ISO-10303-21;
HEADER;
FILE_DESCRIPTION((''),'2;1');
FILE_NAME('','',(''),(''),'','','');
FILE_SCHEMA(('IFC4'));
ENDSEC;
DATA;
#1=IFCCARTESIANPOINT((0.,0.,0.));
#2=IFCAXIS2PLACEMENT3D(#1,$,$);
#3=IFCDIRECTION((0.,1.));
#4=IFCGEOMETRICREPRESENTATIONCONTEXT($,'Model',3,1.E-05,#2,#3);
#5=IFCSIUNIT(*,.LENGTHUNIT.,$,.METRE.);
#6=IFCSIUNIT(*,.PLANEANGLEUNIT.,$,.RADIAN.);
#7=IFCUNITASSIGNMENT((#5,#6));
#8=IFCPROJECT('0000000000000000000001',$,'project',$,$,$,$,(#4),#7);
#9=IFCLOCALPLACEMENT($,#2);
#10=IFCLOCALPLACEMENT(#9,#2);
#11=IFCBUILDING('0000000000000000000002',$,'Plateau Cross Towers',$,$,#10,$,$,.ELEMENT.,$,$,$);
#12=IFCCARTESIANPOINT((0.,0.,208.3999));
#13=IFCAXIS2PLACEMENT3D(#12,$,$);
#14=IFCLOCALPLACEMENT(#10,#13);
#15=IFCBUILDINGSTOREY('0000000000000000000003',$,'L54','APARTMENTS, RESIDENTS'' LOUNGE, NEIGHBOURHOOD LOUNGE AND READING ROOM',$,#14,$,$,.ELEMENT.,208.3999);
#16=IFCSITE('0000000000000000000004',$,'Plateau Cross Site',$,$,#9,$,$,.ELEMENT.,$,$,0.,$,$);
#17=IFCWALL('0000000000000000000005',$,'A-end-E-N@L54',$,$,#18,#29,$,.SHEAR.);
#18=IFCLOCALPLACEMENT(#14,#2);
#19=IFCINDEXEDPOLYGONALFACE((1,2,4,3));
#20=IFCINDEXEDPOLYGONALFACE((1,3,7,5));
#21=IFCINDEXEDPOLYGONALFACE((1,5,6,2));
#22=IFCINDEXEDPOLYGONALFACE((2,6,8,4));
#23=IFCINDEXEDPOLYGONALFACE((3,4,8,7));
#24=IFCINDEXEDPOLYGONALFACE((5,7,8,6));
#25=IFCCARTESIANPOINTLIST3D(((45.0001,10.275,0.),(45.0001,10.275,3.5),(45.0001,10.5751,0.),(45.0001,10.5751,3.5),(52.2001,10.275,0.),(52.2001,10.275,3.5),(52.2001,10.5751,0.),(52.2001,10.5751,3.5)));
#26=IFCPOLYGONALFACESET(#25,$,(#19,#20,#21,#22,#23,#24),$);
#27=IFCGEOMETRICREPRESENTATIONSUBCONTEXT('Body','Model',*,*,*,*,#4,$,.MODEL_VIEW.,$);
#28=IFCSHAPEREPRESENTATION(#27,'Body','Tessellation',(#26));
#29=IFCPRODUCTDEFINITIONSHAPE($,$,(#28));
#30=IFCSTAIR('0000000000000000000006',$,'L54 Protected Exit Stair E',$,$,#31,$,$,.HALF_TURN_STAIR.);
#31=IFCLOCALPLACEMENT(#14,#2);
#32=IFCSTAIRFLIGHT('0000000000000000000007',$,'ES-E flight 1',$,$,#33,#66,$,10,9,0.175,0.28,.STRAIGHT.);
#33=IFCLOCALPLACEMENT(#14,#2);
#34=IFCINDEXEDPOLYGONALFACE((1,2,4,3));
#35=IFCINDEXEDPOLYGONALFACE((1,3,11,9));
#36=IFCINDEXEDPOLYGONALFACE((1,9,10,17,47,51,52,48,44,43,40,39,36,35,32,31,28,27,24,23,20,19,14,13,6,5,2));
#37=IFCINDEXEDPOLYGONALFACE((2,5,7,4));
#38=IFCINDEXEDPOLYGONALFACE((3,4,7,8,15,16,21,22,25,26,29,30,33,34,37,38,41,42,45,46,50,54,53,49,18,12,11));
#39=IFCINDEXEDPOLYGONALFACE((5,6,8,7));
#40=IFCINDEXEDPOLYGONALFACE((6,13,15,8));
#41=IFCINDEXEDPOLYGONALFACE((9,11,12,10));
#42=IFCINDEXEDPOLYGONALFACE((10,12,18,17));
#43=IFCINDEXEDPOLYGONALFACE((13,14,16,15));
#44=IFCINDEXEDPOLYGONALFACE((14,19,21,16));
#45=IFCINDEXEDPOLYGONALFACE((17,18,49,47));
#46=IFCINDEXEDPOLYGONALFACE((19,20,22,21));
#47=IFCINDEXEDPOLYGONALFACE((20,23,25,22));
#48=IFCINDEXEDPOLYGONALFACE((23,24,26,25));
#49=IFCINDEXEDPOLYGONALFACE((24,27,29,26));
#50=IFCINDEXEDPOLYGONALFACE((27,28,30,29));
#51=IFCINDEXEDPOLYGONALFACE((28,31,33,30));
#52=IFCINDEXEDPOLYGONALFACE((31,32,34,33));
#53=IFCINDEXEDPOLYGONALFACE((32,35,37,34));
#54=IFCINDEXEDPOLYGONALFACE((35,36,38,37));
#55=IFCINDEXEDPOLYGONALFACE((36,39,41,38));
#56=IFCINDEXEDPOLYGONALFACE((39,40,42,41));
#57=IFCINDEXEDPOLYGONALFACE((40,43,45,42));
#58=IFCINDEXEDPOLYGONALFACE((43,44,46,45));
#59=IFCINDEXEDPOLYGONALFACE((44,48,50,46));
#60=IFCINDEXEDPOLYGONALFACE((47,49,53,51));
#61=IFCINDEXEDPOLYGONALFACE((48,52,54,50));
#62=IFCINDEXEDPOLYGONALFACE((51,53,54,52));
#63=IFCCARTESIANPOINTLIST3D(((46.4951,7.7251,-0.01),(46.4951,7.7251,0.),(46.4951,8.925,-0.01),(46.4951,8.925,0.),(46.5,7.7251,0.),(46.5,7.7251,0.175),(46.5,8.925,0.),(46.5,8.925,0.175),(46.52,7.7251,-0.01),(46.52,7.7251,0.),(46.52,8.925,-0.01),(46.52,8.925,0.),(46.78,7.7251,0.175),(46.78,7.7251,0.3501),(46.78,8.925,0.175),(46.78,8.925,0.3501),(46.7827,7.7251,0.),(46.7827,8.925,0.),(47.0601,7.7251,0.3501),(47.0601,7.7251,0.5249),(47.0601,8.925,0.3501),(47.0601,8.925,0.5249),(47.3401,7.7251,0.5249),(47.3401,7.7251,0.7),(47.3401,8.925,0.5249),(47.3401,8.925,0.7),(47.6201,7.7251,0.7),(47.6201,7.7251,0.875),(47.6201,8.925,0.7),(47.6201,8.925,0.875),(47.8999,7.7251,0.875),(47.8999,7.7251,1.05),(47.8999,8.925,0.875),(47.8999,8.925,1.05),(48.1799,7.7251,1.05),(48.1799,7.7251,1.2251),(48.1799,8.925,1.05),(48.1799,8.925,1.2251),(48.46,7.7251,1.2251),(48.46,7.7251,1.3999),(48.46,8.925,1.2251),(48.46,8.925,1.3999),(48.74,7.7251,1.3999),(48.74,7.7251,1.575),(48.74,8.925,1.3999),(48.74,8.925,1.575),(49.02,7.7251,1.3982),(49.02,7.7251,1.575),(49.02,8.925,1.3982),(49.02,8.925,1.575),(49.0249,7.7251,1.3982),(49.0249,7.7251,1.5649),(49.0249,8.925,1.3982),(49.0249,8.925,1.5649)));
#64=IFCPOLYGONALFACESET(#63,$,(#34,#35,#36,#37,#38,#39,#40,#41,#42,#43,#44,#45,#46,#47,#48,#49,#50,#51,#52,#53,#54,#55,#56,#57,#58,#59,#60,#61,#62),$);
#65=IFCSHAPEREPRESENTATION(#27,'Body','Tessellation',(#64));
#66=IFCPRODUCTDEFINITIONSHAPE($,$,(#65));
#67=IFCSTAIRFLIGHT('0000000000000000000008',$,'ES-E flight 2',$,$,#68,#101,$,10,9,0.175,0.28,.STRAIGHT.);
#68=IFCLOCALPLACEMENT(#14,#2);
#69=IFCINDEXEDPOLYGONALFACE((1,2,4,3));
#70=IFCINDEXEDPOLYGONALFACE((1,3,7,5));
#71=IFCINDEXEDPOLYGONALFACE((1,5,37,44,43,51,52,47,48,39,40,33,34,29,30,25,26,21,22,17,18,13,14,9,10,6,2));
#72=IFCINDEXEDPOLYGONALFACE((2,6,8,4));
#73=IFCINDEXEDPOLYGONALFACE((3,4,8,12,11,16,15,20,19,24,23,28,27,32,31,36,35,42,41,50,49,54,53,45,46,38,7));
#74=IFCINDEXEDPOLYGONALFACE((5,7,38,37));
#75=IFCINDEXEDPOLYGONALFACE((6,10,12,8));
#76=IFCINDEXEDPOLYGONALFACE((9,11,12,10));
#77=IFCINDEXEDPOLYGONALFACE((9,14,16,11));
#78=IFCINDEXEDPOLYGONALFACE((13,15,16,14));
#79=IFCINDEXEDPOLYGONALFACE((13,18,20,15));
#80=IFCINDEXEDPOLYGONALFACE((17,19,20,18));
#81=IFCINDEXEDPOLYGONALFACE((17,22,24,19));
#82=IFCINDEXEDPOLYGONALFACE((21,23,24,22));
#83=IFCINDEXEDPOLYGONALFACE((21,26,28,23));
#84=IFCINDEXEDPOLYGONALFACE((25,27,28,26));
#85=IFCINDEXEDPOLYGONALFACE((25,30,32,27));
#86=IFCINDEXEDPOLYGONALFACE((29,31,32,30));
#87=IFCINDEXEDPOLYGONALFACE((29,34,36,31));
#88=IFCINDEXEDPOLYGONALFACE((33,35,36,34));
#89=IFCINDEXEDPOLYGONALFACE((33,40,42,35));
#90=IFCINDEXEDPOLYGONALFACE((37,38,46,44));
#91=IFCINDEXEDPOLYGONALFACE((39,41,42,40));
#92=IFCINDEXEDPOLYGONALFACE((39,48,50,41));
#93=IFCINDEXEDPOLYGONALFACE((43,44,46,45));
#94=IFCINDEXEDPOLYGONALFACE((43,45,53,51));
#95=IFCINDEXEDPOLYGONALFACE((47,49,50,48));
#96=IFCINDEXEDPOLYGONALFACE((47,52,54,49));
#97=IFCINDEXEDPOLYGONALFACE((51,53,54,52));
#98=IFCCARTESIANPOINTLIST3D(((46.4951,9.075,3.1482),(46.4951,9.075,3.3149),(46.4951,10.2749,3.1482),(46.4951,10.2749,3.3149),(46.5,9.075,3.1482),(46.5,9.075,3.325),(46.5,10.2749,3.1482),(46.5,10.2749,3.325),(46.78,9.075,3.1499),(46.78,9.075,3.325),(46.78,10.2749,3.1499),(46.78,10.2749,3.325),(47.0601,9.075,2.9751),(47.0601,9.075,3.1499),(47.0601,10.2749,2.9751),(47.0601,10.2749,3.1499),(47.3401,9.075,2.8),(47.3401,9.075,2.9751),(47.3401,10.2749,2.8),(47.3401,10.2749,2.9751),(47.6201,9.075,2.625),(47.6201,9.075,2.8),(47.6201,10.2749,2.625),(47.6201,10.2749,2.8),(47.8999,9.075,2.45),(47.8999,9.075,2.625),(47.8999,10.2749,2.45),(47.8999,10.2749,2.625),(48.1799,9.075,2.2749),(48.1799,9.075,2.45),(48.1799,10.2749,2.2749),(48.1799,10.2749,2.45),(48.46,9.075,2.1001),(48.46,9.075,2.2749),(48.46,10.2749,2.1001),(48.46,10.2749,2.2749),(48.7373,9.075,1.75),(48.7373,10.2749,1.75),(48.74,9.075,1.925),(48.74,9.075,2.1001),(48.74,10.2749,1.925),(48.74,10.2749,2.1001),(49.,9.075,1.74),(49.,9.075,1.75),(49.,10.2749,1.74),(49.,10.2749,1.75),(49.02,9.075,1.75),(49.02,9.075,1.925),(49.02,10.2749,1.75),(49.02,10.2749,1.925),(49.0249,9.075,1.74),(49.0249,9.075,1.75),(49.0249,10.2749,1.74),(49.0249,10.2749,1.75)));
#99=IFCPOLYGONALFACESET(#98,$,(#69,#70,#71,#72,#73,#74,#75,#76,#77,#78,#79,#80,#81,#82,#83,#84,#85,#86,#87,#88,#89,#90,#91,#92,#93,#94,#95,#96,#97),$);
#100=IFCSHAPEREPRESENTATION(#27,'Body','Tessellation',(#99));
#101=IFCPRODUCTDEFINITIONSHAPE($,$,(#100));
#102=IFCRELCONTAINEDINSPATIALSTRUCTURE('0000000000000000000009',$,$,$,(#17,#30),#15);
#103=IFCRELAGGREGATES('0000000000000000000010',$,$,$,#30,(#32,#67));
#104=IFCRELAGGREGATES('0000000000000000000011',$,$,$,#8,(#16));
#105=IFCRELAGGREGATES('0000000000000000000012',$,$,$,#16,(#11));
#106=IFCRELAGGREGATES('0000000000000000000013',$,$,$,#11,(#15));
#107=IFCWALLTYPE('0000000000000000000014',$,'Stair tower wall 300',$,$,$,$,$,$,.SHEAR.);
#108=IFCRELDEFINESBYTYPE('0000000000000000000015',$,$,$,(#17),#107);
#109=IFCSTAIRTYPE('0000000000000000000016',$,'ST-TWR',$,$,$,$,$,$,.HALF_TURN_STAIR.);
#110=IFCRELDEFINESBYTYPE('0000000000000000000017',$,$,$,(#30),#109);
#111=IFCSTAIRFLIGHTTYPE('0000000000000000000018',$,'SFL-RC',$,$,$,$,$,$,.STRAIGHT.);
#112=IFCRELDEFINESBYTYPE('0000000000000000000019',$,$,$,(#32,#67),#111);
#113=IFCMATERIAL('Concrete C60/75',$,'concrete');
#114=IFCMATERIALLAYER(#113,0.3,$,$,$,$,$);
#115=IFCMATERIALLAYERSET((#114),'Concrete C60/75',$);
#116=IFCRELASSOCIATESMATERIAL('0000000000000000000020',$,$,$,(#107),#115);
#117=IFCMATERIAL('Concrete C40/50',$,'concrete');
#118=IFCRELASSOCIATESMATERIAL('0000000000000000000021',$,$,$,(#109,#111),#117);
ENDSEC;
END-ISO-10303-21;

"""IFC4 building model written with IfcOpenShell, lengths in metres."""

from ifc_helpers import new_model, si_unit, direction, frame, frame_2d, origin, place, context, subcontext, project, spatial, polyline, rectangle, outline, extrude, material, layer, layer_set, type_object, element, aggregate, save


model = new_model("IFC4")

# Units and contexts
model_context = context("Model", 3, precision=1e-05, world=origin(), true_north=direction((0.0, 1.0)))
body_context = subcontext(model_context, "Body", "Model", "MODEL_VIEW")
ifc_project = project(units=[si_unit("LENGTHUNIT", "METRE"), si_unit("PLANEANGLEUNIT", "RADIAN")], contexts=[model_context])

# Site, building, storey
site_placement = place(None, origin())
site = spatial("IfcSite", under=ifc_project, at=site_placement, Name="Plateau Cross Site", CompositionType="ELEMENT", RefElevation=0.0)
building_placement = place(site_placement, origin())
building = spatial("IfcBuilding", under=site, at=building_placement, Name="Plateau Cross Towers", CompositionType="ELEMENT")
storey_placement = place(building_placement, frame((0.0, 0.0, 208.3999)))
storey = spatial("IfcBuildingStorey", under=building, at=storey_placement, Name="L54", Description="APARTMENTS, RESIDENTS' LOUNGE, NEIGHBOURHOOD LOUNGE AND READING ROOM", CompositionType="ELEMENT", Elevation=208.3999)

# Shared definitions
ifc_material_1 = material(Name="Concrete C60/75", Category="concrete")
ifc_layer_1 = layer(ifc_material_1, 0.3)
ifc_layer_set_1 = layer_set([ifc_layer_1], Name="Concrete C60/75")
wall_type_1 = type_object("IfcWallType", Name="Stair tower wall 300", PredefinedType="SHEAR", material=ifc_layer_set_1)

# Wall
for number, where, z_axis, x_axis, name in (
    (1, (45.0, 10.425, 0.0), (0.0, 0.0, 1.0), (1.0, 0.0, 0.0), "A-end-E-N@L54"),
):
    element("IfcWall", number, at=place(storey_placement, frame(where, z_axis=z_axis, x_axis=x_axis)), inside=storey, type_object=wall_type_1, Name=name, PredefinedType="SHEAR", context=body_context, shape_type="SweptSolid", body=[
        extrude(rectangle(XDim=7.2, YDim=0.3, at=frame_2d((3.6001, 0.0))), origin(), (0.0, 0.0, 1.0), 3.5),
    ])

# Stair, stair flights
ifc_material_2 = material(Name="Concrete C40/50", Category="concrete")
stair_type = type_object("IfcStairType", Name="ST-TWR", PredefinedType="HALF_TURN_STAIR", material=ifc_material_2)
stair_placement = place(storey_placement, origin())
stair = element("IfcStair", 2, at=stair_placement, inside=storey, type_object=stair_type, Name="L54 Protected Exit Stair E", PredefinedType="HALF_TURN_STAIR")
stair_flight_type = type_object("IfcStairFlightType", Name="SFL-RC", PredefinedType="STRAIGHT", material=ifc_material_2)
stair_flight_1_placement = place(storey_placement, frame((46.5, 8.325, 0.0), z_axis=(0.0, 0.0, 1.0), x_axis=(1.0, 0.0, 0.0)))
stair_flight_1 = element("IfcStairFlight", 3, at=stair_flight_1_placement, type_object=stair_flight_type, Name="ES-E flight 1", NumberOfRisers=10, NumberOfTreads=9, PredefinedType="STRAIGHT", RiserHeight=0.175, TreadLength=0.28, context=body_context, shape_type="SweptSolid", body=[
    extrude(outline(polyline([(-0.0049, -0.01), (-0.0049, 0.0), (0.0, 0.0), (0.0, 0.175), (0.28, 0.175), (0.28, 0.3501), (0.5601, 0.3501), (0.5601, 0.5249), (0.8401, 0.5249), (0.8401, 0.7), (1.1201, 0.7), (1.1201, 0.875), (1.3999, 0.875), (1.3999, 1.05), (1.6799, 1.05), (1.6799, 1.2251), (1.96, 1.2251), (1.96, 1.3999), (2.24, 1.3999), (2.24, 1.575), (2.52, 1.575), (2.5249, 1.5649), (2.5249, 1.3982), (2.52, 1.3982), (0.2827, 0.0), (0.02, 0.0), (0.02, -0.01), (-0.0049, -0.01)])), frame((0.0, 0.6001, 0.0), z_axis=(0.0, -1.0, 0.0), x_axis=(1.0, 0.0, 0.0)), (0.0, 0.0, 1.0), 1.2),
])
stair_flight_2_placement = place(storey_placement, frame((49.02, 9.675, 1.75), z_axis=(0.0, 0.0, 1.0), x_axis=(-1.0, 0.0, 0.0)))
stair_flight_2 = element("IfcStairFlight", 4, at=stair_flight_2_placement, type_object=stair_flight_type, Name="ES-E flight 2", NumberOfRisers=10, NumberOfTreads=9, PredefinedType="STRAIGHT", RiserHeight=0.175, TreadLength=0.28, context=body_context, shape_type="SweptSolid", body=[
    extrude(outline(polyline([(-0.0049, -0.01), (-0.0049, 0.0), (0.0, 0.0), (0.0, 0.175), (0.28, 0.175), (0.28, 0.3501), (0.5601, 0.3501), (0.5601, 0.5249), (0.8401, 0.5249), (0.8401, 0.7), (1.1201, 0.7), (1.1201, 0.875), (1.3999, 0.875), (1.3999, 1.05), (1.6799, 1.05), (1.6799, 1.2251), (1.96, 1.2251), (1.96, 1.3999), (2.24, 1.3999), (2.24, 1.575), (2.52, 1.575), (2.5249, 1.5649), (2.5249, 1.3982), (2.52, 1.3982), (0.2827, 0.0), (0.02, 0.0), (0.02, -0.01), (-0.0049, -0.01)])), frame((0.0, 0.6001, 0.0), z_axis=(0.0, -1.0, 0.0), x_axis=(1.0, 0.0, 0.0)), (0.0, 0.0, 1.0), 1.2),
])
aggregate(stair, [stair_flight_1, stair_flight_2])

save(model, "model.ifc")
